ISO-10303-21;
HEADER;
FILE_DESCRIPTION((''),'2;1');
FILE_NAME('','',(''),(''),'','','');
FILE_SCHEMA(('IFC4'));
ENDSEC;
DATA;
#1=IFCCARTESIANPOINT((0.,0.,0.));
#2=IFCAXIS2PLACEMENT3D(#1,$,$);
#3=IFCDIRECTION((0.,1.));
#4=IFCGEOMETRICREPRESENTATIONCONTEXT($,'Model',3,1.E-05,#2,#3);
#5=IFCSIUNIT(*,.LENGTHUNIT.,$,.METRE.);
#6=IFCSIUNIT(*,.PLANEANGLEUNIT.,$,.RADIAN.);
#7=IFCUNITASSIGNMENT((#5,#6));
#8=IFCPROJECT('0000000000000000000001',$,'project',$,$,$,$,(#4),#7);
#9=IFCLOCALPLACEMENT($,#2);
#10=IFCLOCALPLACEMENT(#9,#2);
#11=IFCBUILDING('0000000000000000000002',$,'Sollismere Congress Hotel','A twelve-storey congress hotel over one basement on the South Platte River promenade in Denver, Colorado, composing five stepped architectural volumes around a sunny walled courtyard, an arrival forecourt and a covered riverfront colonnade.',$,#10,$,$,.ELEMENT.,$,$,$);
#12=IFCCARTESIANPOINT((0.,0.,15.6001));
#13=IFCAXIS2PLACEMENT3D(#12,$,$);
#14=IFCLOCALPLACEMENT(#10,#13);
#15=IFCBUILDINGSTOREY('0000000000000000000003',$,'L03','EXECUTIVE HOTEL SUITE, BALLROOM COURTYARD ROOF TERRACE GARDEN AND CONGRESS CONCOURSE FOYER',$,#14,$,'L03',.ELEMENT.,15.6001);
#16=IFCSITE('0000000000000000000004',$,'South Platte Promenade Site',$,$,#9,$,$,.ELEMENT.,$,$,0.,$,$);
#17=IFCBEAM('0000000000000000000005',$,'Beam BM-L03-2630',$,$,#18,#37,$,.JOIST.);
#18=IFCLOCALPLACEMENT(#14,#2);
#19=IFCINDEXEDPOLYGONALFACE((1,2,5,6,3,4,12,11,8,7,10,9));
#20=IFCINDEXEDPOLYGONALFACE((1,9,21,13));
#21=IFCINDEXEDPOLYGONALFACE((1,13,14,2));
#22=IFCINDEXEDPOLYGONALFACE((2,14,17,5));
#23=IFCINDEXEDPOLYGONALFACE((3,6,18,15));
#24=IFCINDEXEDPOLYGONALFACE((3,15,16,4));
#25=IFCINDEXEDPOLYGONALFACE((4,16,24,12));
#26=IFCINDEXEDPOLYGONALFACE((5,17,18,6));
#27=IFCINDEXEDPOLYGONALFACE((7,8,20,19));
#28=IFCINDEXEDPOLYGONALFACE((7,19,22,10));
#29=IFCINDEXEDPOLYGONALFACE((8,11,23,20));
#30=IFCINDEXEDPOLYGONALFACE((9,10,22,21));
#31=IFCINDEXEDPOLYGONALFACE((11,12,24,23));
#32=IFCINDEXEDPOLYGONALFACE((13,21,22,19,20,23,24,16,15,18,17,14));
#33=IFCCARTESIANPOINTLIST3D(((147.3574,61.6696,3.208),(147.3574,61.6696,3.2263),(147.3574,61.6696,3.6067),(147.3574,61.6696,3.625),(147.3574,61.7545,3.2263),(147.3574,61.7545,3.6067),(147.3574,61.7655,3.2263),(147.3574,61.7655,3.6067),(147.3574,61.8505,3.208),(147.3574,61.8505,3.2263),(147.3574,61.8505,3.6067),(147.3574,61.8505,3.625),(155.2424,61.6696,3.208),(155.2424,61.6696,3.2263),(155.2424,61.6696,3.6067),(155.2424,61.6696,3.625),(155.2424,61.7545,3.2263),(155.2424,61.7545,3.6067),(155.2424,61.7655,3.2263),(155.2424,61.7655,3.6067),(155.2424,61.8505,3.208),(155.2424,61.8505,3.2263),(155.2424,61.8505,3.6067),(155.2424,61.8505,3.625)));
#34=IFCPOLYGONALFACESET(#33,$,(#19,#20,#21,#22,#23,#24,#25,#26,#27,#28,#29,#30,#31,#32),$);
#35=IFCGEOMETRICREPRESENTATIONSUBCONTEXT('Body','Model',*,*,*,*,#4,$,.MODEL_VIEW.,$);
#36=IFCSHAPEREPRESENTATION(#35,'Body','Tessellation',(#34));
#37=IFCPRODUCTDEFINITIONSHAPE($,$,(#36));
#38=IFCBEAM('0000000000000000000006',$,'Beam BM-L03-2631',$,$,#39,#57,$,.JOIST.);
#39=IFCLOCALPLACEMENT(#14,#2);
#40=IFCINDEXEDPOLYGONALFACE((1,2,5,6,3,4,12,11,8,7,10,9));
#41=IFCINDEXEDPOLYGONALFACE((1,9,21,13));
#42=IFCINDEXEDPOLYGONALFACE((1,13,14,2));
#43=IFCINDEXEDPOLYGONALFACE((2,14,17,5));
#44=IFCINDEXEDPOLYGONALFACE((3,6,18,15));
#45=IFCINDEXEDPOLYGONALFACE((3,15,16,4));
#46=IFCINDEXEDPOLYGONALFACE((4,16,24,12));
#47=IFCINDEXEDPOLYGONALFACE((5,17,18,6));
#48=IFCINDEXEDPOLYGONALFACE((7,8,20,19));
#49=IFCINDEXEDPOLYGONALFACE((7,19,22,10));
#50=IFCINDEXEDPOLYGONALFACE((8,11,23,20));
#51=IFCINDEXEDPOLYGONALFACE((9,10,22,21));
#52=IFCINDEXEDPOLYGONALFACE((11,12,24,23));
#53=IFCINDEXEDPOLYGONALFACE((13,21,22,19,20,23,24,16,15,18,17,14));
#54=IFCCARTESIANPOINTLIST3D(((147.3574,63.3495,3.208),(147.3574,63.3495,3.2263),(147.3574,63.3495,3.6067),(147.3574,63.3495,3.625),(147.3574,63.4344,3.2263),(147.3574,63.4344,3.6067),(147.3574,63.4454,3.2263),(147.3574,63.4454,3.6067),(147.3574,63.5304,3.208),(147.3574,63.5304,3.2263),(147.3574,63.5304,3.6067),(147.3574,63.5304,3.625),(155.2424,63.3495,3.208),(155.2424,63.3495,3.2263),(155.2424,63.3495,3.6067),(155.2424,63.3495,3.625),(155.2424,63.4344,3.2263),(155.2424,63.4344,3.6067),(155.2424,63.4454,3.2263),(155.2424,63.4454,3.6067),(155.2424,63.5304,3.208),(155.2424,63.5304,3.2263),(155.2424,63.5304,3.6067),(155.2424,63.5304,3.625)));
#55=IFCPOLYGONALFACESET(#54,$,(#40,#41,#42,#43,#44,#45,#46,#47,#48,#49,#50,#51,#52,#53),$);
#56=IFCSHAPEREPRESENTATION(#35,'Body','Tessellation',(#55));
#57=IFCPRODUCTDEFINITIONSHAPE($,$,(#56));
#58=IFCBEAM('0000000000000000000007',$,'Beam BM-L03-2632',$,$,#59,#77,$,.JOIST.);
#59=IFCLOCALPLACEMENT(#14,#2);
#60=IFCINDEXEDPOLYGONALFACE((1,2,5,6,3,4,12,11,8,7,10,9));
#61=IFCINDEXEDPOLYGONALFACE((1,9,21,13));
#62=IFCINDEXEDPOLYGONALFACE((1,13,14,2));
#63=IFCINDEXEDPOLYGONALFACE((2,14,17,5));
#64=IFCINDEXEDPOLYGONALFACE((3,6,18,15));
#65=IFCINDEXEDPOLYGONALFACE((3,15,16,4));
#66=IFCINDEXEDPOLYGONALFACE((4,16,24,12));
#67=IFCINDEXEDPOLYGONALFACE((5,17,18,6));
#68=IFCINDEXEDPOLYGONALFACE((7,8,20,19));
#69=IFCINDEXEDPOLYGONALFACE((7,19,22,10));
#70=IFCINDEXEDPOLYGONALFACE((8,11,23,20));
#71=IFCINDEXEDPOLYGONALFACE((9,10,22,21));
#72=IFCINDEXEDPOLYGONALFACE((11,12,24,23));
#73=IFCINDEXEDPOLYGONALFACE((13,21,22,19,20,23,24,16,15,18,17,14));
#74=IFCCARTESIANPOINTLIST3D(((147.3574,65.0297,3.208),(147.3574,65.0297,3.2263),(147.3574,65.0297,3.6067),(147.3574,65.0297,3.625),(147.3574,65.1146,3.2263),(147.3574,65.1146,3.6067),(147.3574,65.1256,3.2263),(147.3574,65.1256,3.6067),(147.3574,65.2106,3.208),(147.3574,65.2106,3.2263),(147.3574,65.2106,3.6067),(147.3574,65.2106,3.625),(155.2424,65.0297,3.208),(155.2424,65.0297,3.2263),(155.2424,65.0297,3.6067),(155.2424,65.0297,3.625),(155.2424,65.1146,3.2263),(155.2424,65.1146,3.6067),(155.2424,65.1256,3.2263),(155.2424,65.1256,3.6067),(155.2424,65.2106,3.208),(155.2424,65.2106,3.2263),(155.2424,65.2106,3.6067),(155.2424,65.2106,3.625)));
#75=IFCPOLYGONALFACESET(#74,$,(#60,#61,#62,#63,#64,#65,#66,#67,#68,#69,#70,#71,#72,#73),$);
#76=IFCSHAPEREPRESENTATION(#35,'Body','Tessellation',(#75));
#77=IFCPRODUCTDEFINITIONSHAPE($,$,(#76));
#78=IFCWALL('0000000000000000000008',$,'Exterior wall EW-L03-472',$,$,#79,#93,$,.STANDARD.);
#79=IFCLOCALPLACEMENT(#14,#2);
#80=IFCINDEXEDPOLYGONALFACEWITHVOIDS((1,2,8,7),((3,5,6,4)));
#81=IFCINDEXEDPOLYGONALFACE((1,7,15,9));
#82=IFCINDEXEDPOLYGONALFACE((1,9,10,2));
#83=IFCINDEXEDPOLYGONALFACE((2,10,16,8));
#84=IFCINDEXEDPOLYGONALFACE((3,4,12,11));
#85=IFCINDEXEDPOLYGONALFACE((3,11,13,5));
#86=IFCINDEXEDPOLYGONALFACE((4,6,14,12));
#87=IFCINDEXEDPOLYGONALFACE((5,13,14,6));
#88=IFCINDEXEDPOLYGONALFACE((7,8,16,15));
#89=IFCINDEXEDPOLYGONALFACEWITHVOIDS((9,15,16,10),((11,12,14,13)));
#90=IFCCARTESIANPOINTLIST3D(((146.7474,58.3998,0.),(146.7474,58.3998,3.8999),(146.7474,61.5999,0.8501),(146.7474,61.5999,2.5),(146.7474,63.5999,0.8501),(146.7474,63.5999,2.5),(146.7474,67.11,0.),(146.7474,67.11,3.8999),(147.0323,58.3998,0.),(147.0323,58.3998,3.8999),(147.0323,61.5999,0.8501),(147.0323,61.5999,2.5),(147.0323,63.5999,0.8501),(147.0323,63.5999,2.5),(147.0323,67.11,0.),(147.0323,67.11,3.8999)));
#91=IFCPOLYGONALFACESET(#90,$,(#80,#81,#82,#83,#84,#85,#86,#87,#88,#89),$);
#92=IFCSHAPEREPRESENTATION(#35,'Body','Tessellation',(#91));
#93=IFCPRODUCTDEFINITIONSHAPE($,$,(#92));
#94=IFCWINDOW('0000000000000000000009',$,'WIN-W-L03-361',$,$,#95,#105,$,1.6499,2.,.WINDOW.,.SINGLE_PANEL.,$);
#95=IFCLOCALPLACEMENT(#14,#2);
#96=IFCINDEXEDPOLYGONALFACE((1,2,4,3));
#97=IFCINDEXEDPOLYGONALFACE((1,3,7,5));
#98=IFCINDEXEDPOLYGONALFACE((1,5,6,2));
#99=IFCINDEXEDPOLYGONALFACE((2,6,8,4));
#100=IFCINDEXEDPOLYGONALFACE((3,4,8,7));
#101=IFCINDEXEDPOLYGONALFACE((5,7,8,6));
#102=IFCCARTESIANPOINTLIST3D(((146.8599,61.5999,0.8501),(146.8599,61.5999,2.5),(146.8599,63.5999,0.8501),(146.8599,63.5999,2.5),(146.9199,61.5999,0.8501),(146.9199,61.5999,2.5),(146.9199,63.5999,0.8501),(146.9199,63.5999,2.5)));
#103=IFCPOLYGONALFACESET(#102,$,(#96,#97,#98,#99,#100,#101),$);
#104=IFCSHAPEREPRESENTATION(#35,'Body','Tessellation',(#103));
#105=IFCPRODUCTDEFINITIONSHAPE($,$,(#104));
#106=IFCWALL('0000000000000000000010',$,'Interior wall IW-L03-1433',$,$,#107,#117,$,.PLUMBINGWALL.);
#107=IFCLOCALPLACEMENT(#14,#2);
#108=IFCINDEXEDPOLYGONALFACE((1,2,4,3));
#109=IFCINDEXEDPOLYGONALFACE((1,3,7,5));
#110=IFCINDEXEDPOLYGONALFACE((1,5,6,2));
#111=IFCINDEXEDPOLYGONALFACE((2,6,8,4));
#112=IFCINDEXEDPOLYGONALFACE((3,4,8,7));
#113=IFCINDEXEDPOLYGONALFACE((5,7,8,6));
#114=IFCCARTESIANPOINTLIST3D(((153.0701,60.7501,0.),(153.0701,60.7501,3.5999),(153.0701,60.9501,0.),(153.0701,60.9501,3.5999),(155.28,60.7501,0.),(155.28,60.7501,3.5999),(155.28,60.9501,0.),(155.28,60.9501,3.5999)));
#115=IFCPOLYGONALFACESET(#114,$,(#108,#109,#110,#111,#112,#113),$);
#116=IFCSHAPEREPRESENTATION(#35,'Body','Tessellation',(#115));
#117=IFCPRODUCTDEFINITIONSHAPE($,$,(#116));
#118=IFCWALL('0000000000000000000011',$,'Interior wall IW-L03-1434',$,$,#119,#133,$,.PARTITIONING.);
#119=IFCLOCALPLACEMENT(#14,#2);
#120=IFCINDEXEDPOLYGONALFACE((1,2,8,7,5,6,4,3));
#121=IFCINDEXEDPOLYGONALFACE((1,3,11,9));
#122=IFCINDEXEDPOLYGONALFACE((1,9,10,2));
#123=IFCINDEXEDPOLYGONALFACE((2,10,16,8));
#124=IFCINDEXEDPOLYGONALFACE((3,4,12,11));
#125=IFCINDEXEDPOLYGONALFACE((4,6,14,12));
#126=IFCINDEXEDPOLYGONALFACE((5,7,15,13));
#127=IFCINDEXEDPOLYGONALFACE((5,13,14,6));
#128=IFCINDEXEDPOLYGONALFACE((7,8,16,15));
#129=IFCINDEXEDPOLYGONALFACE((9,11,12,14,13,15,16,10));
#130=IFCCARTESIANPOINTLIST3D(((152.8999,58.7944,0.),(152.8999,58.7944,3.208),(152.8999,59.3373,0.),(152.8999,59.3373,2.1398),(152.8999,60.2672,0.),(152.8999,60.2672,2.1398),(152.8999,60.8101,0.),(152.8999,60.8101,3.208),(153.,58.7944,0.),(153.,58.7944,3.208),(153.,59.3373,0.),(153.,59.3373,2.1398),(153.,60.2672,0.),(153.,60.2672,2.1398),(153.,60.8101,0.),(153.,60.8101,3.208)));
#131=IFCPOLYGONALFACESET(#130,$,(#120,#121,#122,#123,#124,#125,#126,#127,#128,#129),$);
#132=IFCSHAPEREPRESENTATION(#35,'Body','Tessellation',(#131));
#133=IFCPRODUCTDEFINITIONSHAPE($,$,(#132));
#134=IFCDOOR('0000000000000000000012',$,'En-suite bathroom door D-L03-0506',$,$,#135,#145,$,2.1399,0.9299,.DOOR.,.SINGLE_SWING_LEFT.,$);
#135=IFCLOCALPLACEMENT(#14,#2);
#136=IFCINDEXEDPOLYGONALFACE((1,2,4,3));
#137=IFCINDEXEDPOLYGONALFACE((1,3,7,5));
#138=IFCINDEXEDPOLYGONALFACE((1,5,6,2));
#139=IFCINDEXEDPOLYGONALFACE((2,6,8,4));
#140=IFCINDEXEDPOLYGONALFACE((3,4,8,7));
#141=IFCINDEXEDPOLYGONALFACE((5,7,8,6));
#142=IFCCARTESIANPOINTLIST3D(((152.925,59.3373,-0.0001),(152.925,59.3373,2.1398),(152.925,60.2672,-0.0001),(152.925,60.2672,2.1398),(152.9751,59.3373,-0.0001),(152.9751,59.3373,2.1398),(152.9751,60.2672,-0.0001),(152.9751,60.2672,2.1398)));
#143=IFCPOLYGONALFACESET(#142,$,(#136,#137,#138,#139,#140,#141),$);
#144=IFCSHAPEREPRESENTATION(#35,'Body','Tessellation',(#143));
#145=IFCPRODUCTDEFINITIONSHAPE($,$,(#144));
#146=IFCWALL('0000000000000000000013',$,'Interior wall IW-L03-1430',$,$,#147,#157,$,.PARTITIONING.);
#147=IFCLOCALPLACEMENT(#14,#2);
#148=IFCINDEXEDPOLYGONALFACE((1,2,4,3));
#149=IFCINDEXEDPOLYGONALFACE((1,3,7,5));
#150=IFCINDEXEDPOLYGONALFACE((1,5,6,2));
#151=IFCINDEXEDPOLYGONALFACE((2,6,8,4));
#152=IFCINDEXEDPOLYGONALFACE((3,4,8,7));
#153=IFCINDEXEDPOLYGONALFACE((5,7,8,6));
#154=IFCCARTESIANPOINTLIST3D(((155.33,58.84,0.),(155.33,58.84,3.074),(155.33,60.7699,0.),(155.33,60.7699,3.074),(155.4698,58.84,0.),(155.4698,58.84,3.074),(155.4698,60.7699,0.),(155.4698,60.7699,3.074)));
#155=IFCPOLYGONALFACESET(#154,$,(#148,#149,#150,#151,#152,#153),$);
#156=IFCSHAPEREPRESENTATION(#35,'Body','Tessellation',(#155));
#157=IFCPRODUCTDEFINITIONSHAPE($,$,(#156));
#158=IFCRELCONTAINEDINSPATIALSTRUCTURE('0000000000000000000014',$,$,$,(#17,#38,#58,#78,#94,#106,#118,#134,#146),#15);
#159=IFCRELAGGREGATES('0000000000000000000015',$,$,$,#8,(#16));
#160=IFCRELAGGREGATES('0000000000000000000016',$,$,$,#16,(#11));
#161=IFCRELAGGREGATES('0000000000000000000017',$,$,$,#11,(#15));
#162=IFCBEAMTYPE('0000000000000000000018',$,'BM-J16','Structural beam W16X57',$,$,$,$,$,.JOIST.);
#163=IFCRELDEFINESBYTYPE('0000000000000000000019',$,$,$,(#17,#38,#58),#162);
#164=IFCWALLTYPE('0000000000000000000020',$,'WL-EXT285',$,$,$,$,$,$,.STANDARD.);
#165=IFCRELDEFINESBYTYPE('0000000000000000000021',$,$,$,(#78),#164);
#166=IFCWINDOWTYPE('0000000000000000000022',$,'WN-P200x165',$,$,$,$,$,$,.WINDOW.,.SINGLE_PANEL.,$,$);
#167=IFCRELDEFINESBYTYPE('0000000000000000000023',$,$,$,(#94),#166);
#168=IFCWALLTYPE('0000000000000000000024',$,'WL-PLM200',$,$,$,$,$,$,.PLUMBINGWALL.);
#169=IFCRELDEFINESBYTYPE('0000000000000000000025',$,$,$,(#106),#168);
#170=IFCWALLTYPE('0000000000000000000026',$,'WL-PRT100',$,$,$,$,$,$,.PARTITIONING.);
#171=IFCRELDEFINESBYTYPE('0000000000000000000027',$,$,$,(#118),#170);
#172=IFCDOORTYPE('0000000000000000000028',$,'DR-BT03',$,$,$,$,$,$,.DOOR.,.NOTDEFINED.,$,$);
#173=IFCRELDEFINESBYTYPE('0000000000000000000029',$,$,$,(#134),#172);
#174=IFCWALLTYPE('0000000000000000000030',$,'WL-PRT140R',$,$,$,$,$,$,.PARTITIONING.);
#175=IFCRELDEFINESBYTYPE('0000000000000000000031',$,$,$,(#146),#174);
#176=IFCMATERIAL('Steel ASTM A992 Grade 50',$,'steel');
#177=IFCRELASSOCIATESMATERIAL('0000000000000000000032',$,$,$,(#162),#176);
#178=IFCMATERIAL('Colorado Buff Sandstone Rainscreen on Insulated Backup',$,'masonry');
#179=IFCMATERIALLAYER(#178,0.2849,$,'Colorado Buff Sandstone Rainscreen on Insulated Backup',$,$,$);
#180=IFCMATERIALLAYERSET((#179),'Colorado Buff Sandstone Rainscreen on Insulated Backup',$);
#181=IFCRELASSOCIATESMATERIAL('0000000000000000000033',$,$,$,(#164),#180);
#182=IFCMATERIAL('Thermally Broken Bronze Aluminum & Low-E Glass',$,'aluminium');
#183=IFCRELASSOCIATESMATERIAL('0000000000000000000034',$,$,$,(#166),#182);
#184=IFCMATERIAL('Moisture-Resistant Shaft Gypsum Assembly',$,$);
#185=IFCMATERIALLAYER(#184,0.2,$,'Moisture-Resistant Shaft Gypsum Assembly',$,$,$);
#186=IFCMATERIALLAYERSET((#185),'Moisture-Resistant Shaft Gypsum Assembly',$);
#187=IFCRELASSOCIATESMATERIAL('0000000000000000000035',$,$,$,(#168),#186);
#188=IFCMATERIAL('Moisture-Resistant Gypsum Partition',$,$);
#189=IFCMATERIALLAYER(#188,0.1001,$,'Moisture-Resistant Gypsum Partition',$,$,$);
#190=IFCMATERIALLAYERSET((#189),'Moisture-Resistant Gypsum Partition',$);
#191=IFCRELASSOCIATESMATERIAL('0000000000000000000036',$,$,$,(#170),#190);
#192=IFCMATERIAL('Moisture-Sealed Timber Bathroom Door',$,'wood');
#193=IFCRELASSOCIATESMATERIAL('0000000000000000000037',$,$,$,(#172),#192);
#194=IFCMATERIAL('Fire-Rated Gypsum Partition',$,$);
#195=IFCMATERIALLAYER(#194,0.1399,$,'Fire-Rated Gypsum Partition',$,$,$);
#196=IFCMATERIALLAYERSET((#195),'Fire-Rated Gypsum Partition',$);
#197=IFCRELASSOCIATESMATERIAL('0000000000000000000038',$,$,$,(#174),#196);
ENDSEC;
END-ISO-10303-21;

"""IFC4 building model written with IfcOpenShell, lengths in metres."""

from ifc_helpers import new_model, si_unit, direction, frame, frame_2d, origin, origin_2d, place, context, subcontext, project, spatial, rectangle, i_section, extrude, material, layer, layer_set, material_profile, profile_set, type_object, element, fill, save


model = new_model("IFC4")

# Units and contexts
model_context = context("Model", 3, precision=1e-05, world=origin(), true_north=direction((0.0, 1.0)))
body_context = subcontext(model_context, "Body", "Model", "MODEL_VIEW")
ifc_project = project(units=[si_unit("LENGTHUNIT", "METRE"), si_unit("PLANEANGLEUNIT", "RADIAN")], contexts=[model_context])

# Site, building, storey
site_placement = place(None, origin())
site = spatial("IfcSite", under=ifc_project, at=site_placement, Name="South Platte Promenade Site", CompositionType="ELEMENT", RefElevation=0.0)
building_placement = place(site_placement, origin())
building = spatial("IfcBuilding", under=site, at=building_placement, Name="Sollismere Congress Hotel", Description="A twelve-storey congress hotel over one basement on the South Platte River promenade in Denver, Colorado, composing five stepped architectural volumes around a sunny walled courtyard, an arrival forecourt and a covered riverfront colonnade.", CompositionType="ELEMENT")
storey_placement = place(building_placement, frame((0.0, 0.0, 15.6001)))
storey = spatial("IfcBuildingStorey", under=building, at=storey_placement, Name="L03", Description="EXECUTIVE HOTEL SUITE, BALLROOM COURTYARD ROOF TERRACE GARDEN AND CONGRESS CONCOURSE FOYER", LongName="L03", CompositionType="ELEMENT", Elevation=15.6001)

# Shared definitions
ifc_material_1 = material(Name="Steel ASTM A992 Grade 50", Category="steel")

# Beams
ifc_material_profile_1 = material_profile(ifc_material_1, i_section(OverallWidth=0.1809, OverallDepth=0.417, WebThickness=0.011, FlangeThickness=0.0183, at=origin_2d()), Name="W16X57")
ifc_profile_set_1 = profile_set([ifc_material_profile_1], Name="Steel ASTM A992 Grade 50")
beam_type_1 = type_object("IfcBeamType", Name="BM-J16", Description="Structural beam W16X57", PredefinedType="JOIST", material=ifc_profile_set_1)
for number, where, z_axis, x_axis, name in (
    (1, (147.3574, 61.76, 3.4165), (1.0, 0.0, 0.0), (0.0, 1.0, 0.0), "Beam BM-L03-2630"),
    (2, (147.3574, 63.4399, 3.4165), (1.0, 0.0, 0.0), (0.0, 1.0, 0.0), "Beam BM-L03-2631"),
    (3, (147.3574, 65.1201, 3.4165), (1.0, 0.0, 0.0), (0.0, 1.0, 0.0), "Beam BM-L03-2632"),
):
    element("IfcBeam", number, at=place(storey_placement, frame(where, z_axis=z_axis, x_axis=x_axis)), inside=storey, type_object=beam_type_1, Name=name, PredefinedType="JOIST", context=body_context, shape_type="SweptSolid", body=[
        extrude(i_section(OverallWidth=0.1809, OverallDepth=0.417, WebThickness=0.011, FlangeThickness=0.0183, at=origin_2d()), origin(), (0.0, 0.0, 1.0), 7.885),
    ])

# Wall, opening, window
ifc_material_2 = material(Name="Colorado Buff Sandstone Rainscreen on Insulated Backup", Category="masonry")
ifc_layer_1 = layer(ifc_material_2, 0.2849, Name="Colorado Buff Sandstone Rainscreen on Insulated Backup")
ifc_layer_set_1 = layer_set([ifc_layer_1], Name="Colorado Buff Sandstone Rainscreen on Insulated Backup")
wall_type_1 = type_object("IfcWallType", Name="WL-EXT285", PredefinedType="STANDARD", material=ifc_layer_set_1)
wall_1_placement = place(storey_placement, frame((146.8899, 58.3999, 0.0), z_axis=(0.0, 0.0, 1.0), x_axis=(0.0, 1.0, 0.0)))
wall_1 = element("IfcWall", 4, at=wall_1_placement, inside=storey, type_object=wall_type_1, Name="Exterior wall EW-L03-472", PredefinedType="STANDARD", context=body_context, shape_type="SweptSolid", body=[
    extrude(rectangle(XDim=8.7102, YDim=0.2849, at=frame_2d((4.355, 0.0))), origin(), (0.0, 0.0, 1.0), 3.8999),
])
opening_1_placement = place(wall_1_placement, frame((3.2, 0.0, 0.8501)))
opening_1 = element("IfcOpeningElement", 5, at=opening_1_placement, cuts=wall_1, PredefinedType="OPENING", context=body_context, shape_type="SweptSolid", body=[
    extrude(rectangle(XDim=2.0, YDim=1.6499, at=frame_2d((1.0, 0.825))), frame((0.0, 0.1523, 0.0), z_axis=(0.0, -1.0, 0.0), x_axis=(1.0, 0.0, 0.0)), (0.0, 0.0, 1.0), 0.3049),
])
ifc_material_3 = material(Name="Thermally Broken Bronze Aluminum & Low-E Glass", Category="aluminium")
window_type = type_object("IfcWindowType", Name="WN-P200x165", PartitioningType="SINGLE_PANEL", PredefinedType="WINDOW", material=ifc_material_3)
window_placement = place(opening_1_placement, origin())
window = element("IfcWindow", 6, at=window_placement, inside=storey, type_object=window_type, Name="WIN-W-L03-361", OverallHeight=1.6499, OverallWidth=2.0, PartitioningType="SINGLE_PANEL", PredefinedType="WINDOW", context=body_context, shape_type="SweptSolid", body=[
    extrude(rectangle(XDim=2.0, YDim=1.6499, at=frame_2d((1.0, 0.825))), frame((0.0, 0.03, 0.0), z_axis=(0.0, -1.0, 0.0), x_axis=(1.0, 0.0, 0.0)), (0.0, 0.0, 1.0), 0.0601),
])
fill(opening_1, window)

# Wall
ifc_material_4 = material(Name="Moisture-Resistant Shaft Gypsum Assembly")
ifc_layer_2 = layer(ifc_material_4, 0.2, Name="Moisture-Resistant Shaft Gypsum Assembly")
ifc_layer_set_2 = layer_set([ifc_layer_2], Name="Moisture-Resistant Shaft Gypsum Assembly")
wall_type_2 = type_object("IfcWallType", Name="WL-PLM200", PredefinedType="PLUMBINGWALL", material=ifc_layer_set_2)
wall_2_placement = place(storey_placement, frame((153.0701, 60.8501, 0.0), z_axis=(0.0, 0.0, 1.0), x_axis=(1.0, 0.0, 0.0)))
element("IfcWall", 7, at=wall_2_placement, inside=storey, type_object=wall_type_2, Name="Interior wall IW-L03-1433", PredefinedType="PLUMBINGWALL", context=body_context, shape_type="SweptSolid", body=[
    extrude(rectangle(XDim=2.21, YDim=0.2, at=frame_2d((1.105, 0.0))), origin(), (0.0, 0.0, 1.0), 3.5999),
])

# Wall, opening, door
ifc_material_5 = material(Name="Moisture-Resistant Gypsum Partition")
ifc_layer_3 = layer(ifc_material_5, 0.1001, Name="Moisture-Resistant Gypsum Partition")
ifc_layer_set_3 = layer_set([ifc_layer_3], Name="Moisture-Resistant Gypsum Partition")
wall_type_3 = type_object("IfcWallType", Name="WL-PRT100", PredefinedType="PARTITIONING", material=ifc_layer_set_3)
wall_3_placement = place(storey_placement, frame((152.95, 58.7944, 0.0), z_axis=(0.0, 0.0, 1.0), x_axis=(0.0, 1.0, 0.0)))
wall_3 = element("IfcWall", 8, at=wall_3_placement, inside=storey, type_object=wall_type_3, Name="Interior wall IW-L03-1434", PredefinedType="PARTITIONING", context=body_context, shape_type="SweptSolid", body=[
    extrude(rectangle(XDim=2.0156, YDim=0.1001, at=frame_2d((1.0078, 0.0))), origin(), (0.0, 0.0, 1.0), 3.208),
])
opening_2_placement = place(wall_3_placement, frame((0.543, 0.0, 0.0)))
opening_2 = element("IfcOpeningElement", 9, at=opening_2_placement, cuts=wall_3, PredefinedType="OPENING", context=body_context, shape_type="SweptSolid", body=[
    extrude(rectangle(XDim=0.9299, YDim=2.1399, at=frame_2d((0.4648, 1.0698))), frame((0.0, 0.0601, 0.0), z_axis=(0.0, -1.0, 0.0), x_axis=(1.0, 0.0, 0.0)), (0.0, 0.0, 1.0), 0.1201),
])
ifc_material_6 = material(Name="Moisture-Sealed Timber Bathroom Door", Category="wood")
door_type_1 = type_object("IfcDoorType", Name="DR-BT03", OperationType="NOTDEFINED", PredefinedType="DOOR", material=ifc_material_6)
door_1_placement = place(opening_2_placement, origin())
door_1 = element("IfcDoor", 10, at=door_1_placement, inside=storey, type_object=door_type_1, Name="En-suite bathroom door D-L03-0506", OperationType="SINGLE_SWING_LEFT", OverallHeight=2.1399, OverallWidth=0.9299, PredefinedType="DOOR", context=body_context, shape_type="SweptSolid", body=[
    extrude(rectangle(XDim=0.9299, YDim=2.1399, at=frame_2d((0.4648, 1.0698))), frame((0.0, 0.0249, 0.0), z_axis=(0.0, -1.0, 0.0), x_axis=(1.0, 0.0, 0.0)), (0.0, 0.0, 1.0), 0.05),
])
fill(opening_2, door_1)

# Wall
ifc_material_7 = material(Name="Fire-Rated Gypsum Partition")
ifc_layer_4 = layer(ifc_material_7, 0.1399, Name="Fire-Rated Gypsum Partition")
ifc_layer_set_4 = layer_set([ifc_layer_4], Name="Fire-Rated Gypsum Partition")
wall_type_4 = type_object("IfcWallType", Name="WL-PRT140R", PredefinedType="PARTITIONING", material=ifc_layer_set_4)
wall_4_placement = place(storey_placement, frame((155.3999, 58.8401, 0.0), z_axis=(0.0, 0.0, 1.0), x_axis=(0.0, 1.0, 0.0)))
element("IfcWall", 11, at=wall_4_placement, inside=storey, type_object=wall_type_4, Name="Interior wall IW-L03-1430", PredefinedType="PARTITIONING", context=body_context, shape_type="SweptSolid", body=[
    extrude(rectangle(XDim=1.9299, YDim=0.1399, at=frame_2d((0.9648, 0.0))), origin(), (0.0, 0.0, 1.0), 3.074),
])

save(model, "model.ifc")
